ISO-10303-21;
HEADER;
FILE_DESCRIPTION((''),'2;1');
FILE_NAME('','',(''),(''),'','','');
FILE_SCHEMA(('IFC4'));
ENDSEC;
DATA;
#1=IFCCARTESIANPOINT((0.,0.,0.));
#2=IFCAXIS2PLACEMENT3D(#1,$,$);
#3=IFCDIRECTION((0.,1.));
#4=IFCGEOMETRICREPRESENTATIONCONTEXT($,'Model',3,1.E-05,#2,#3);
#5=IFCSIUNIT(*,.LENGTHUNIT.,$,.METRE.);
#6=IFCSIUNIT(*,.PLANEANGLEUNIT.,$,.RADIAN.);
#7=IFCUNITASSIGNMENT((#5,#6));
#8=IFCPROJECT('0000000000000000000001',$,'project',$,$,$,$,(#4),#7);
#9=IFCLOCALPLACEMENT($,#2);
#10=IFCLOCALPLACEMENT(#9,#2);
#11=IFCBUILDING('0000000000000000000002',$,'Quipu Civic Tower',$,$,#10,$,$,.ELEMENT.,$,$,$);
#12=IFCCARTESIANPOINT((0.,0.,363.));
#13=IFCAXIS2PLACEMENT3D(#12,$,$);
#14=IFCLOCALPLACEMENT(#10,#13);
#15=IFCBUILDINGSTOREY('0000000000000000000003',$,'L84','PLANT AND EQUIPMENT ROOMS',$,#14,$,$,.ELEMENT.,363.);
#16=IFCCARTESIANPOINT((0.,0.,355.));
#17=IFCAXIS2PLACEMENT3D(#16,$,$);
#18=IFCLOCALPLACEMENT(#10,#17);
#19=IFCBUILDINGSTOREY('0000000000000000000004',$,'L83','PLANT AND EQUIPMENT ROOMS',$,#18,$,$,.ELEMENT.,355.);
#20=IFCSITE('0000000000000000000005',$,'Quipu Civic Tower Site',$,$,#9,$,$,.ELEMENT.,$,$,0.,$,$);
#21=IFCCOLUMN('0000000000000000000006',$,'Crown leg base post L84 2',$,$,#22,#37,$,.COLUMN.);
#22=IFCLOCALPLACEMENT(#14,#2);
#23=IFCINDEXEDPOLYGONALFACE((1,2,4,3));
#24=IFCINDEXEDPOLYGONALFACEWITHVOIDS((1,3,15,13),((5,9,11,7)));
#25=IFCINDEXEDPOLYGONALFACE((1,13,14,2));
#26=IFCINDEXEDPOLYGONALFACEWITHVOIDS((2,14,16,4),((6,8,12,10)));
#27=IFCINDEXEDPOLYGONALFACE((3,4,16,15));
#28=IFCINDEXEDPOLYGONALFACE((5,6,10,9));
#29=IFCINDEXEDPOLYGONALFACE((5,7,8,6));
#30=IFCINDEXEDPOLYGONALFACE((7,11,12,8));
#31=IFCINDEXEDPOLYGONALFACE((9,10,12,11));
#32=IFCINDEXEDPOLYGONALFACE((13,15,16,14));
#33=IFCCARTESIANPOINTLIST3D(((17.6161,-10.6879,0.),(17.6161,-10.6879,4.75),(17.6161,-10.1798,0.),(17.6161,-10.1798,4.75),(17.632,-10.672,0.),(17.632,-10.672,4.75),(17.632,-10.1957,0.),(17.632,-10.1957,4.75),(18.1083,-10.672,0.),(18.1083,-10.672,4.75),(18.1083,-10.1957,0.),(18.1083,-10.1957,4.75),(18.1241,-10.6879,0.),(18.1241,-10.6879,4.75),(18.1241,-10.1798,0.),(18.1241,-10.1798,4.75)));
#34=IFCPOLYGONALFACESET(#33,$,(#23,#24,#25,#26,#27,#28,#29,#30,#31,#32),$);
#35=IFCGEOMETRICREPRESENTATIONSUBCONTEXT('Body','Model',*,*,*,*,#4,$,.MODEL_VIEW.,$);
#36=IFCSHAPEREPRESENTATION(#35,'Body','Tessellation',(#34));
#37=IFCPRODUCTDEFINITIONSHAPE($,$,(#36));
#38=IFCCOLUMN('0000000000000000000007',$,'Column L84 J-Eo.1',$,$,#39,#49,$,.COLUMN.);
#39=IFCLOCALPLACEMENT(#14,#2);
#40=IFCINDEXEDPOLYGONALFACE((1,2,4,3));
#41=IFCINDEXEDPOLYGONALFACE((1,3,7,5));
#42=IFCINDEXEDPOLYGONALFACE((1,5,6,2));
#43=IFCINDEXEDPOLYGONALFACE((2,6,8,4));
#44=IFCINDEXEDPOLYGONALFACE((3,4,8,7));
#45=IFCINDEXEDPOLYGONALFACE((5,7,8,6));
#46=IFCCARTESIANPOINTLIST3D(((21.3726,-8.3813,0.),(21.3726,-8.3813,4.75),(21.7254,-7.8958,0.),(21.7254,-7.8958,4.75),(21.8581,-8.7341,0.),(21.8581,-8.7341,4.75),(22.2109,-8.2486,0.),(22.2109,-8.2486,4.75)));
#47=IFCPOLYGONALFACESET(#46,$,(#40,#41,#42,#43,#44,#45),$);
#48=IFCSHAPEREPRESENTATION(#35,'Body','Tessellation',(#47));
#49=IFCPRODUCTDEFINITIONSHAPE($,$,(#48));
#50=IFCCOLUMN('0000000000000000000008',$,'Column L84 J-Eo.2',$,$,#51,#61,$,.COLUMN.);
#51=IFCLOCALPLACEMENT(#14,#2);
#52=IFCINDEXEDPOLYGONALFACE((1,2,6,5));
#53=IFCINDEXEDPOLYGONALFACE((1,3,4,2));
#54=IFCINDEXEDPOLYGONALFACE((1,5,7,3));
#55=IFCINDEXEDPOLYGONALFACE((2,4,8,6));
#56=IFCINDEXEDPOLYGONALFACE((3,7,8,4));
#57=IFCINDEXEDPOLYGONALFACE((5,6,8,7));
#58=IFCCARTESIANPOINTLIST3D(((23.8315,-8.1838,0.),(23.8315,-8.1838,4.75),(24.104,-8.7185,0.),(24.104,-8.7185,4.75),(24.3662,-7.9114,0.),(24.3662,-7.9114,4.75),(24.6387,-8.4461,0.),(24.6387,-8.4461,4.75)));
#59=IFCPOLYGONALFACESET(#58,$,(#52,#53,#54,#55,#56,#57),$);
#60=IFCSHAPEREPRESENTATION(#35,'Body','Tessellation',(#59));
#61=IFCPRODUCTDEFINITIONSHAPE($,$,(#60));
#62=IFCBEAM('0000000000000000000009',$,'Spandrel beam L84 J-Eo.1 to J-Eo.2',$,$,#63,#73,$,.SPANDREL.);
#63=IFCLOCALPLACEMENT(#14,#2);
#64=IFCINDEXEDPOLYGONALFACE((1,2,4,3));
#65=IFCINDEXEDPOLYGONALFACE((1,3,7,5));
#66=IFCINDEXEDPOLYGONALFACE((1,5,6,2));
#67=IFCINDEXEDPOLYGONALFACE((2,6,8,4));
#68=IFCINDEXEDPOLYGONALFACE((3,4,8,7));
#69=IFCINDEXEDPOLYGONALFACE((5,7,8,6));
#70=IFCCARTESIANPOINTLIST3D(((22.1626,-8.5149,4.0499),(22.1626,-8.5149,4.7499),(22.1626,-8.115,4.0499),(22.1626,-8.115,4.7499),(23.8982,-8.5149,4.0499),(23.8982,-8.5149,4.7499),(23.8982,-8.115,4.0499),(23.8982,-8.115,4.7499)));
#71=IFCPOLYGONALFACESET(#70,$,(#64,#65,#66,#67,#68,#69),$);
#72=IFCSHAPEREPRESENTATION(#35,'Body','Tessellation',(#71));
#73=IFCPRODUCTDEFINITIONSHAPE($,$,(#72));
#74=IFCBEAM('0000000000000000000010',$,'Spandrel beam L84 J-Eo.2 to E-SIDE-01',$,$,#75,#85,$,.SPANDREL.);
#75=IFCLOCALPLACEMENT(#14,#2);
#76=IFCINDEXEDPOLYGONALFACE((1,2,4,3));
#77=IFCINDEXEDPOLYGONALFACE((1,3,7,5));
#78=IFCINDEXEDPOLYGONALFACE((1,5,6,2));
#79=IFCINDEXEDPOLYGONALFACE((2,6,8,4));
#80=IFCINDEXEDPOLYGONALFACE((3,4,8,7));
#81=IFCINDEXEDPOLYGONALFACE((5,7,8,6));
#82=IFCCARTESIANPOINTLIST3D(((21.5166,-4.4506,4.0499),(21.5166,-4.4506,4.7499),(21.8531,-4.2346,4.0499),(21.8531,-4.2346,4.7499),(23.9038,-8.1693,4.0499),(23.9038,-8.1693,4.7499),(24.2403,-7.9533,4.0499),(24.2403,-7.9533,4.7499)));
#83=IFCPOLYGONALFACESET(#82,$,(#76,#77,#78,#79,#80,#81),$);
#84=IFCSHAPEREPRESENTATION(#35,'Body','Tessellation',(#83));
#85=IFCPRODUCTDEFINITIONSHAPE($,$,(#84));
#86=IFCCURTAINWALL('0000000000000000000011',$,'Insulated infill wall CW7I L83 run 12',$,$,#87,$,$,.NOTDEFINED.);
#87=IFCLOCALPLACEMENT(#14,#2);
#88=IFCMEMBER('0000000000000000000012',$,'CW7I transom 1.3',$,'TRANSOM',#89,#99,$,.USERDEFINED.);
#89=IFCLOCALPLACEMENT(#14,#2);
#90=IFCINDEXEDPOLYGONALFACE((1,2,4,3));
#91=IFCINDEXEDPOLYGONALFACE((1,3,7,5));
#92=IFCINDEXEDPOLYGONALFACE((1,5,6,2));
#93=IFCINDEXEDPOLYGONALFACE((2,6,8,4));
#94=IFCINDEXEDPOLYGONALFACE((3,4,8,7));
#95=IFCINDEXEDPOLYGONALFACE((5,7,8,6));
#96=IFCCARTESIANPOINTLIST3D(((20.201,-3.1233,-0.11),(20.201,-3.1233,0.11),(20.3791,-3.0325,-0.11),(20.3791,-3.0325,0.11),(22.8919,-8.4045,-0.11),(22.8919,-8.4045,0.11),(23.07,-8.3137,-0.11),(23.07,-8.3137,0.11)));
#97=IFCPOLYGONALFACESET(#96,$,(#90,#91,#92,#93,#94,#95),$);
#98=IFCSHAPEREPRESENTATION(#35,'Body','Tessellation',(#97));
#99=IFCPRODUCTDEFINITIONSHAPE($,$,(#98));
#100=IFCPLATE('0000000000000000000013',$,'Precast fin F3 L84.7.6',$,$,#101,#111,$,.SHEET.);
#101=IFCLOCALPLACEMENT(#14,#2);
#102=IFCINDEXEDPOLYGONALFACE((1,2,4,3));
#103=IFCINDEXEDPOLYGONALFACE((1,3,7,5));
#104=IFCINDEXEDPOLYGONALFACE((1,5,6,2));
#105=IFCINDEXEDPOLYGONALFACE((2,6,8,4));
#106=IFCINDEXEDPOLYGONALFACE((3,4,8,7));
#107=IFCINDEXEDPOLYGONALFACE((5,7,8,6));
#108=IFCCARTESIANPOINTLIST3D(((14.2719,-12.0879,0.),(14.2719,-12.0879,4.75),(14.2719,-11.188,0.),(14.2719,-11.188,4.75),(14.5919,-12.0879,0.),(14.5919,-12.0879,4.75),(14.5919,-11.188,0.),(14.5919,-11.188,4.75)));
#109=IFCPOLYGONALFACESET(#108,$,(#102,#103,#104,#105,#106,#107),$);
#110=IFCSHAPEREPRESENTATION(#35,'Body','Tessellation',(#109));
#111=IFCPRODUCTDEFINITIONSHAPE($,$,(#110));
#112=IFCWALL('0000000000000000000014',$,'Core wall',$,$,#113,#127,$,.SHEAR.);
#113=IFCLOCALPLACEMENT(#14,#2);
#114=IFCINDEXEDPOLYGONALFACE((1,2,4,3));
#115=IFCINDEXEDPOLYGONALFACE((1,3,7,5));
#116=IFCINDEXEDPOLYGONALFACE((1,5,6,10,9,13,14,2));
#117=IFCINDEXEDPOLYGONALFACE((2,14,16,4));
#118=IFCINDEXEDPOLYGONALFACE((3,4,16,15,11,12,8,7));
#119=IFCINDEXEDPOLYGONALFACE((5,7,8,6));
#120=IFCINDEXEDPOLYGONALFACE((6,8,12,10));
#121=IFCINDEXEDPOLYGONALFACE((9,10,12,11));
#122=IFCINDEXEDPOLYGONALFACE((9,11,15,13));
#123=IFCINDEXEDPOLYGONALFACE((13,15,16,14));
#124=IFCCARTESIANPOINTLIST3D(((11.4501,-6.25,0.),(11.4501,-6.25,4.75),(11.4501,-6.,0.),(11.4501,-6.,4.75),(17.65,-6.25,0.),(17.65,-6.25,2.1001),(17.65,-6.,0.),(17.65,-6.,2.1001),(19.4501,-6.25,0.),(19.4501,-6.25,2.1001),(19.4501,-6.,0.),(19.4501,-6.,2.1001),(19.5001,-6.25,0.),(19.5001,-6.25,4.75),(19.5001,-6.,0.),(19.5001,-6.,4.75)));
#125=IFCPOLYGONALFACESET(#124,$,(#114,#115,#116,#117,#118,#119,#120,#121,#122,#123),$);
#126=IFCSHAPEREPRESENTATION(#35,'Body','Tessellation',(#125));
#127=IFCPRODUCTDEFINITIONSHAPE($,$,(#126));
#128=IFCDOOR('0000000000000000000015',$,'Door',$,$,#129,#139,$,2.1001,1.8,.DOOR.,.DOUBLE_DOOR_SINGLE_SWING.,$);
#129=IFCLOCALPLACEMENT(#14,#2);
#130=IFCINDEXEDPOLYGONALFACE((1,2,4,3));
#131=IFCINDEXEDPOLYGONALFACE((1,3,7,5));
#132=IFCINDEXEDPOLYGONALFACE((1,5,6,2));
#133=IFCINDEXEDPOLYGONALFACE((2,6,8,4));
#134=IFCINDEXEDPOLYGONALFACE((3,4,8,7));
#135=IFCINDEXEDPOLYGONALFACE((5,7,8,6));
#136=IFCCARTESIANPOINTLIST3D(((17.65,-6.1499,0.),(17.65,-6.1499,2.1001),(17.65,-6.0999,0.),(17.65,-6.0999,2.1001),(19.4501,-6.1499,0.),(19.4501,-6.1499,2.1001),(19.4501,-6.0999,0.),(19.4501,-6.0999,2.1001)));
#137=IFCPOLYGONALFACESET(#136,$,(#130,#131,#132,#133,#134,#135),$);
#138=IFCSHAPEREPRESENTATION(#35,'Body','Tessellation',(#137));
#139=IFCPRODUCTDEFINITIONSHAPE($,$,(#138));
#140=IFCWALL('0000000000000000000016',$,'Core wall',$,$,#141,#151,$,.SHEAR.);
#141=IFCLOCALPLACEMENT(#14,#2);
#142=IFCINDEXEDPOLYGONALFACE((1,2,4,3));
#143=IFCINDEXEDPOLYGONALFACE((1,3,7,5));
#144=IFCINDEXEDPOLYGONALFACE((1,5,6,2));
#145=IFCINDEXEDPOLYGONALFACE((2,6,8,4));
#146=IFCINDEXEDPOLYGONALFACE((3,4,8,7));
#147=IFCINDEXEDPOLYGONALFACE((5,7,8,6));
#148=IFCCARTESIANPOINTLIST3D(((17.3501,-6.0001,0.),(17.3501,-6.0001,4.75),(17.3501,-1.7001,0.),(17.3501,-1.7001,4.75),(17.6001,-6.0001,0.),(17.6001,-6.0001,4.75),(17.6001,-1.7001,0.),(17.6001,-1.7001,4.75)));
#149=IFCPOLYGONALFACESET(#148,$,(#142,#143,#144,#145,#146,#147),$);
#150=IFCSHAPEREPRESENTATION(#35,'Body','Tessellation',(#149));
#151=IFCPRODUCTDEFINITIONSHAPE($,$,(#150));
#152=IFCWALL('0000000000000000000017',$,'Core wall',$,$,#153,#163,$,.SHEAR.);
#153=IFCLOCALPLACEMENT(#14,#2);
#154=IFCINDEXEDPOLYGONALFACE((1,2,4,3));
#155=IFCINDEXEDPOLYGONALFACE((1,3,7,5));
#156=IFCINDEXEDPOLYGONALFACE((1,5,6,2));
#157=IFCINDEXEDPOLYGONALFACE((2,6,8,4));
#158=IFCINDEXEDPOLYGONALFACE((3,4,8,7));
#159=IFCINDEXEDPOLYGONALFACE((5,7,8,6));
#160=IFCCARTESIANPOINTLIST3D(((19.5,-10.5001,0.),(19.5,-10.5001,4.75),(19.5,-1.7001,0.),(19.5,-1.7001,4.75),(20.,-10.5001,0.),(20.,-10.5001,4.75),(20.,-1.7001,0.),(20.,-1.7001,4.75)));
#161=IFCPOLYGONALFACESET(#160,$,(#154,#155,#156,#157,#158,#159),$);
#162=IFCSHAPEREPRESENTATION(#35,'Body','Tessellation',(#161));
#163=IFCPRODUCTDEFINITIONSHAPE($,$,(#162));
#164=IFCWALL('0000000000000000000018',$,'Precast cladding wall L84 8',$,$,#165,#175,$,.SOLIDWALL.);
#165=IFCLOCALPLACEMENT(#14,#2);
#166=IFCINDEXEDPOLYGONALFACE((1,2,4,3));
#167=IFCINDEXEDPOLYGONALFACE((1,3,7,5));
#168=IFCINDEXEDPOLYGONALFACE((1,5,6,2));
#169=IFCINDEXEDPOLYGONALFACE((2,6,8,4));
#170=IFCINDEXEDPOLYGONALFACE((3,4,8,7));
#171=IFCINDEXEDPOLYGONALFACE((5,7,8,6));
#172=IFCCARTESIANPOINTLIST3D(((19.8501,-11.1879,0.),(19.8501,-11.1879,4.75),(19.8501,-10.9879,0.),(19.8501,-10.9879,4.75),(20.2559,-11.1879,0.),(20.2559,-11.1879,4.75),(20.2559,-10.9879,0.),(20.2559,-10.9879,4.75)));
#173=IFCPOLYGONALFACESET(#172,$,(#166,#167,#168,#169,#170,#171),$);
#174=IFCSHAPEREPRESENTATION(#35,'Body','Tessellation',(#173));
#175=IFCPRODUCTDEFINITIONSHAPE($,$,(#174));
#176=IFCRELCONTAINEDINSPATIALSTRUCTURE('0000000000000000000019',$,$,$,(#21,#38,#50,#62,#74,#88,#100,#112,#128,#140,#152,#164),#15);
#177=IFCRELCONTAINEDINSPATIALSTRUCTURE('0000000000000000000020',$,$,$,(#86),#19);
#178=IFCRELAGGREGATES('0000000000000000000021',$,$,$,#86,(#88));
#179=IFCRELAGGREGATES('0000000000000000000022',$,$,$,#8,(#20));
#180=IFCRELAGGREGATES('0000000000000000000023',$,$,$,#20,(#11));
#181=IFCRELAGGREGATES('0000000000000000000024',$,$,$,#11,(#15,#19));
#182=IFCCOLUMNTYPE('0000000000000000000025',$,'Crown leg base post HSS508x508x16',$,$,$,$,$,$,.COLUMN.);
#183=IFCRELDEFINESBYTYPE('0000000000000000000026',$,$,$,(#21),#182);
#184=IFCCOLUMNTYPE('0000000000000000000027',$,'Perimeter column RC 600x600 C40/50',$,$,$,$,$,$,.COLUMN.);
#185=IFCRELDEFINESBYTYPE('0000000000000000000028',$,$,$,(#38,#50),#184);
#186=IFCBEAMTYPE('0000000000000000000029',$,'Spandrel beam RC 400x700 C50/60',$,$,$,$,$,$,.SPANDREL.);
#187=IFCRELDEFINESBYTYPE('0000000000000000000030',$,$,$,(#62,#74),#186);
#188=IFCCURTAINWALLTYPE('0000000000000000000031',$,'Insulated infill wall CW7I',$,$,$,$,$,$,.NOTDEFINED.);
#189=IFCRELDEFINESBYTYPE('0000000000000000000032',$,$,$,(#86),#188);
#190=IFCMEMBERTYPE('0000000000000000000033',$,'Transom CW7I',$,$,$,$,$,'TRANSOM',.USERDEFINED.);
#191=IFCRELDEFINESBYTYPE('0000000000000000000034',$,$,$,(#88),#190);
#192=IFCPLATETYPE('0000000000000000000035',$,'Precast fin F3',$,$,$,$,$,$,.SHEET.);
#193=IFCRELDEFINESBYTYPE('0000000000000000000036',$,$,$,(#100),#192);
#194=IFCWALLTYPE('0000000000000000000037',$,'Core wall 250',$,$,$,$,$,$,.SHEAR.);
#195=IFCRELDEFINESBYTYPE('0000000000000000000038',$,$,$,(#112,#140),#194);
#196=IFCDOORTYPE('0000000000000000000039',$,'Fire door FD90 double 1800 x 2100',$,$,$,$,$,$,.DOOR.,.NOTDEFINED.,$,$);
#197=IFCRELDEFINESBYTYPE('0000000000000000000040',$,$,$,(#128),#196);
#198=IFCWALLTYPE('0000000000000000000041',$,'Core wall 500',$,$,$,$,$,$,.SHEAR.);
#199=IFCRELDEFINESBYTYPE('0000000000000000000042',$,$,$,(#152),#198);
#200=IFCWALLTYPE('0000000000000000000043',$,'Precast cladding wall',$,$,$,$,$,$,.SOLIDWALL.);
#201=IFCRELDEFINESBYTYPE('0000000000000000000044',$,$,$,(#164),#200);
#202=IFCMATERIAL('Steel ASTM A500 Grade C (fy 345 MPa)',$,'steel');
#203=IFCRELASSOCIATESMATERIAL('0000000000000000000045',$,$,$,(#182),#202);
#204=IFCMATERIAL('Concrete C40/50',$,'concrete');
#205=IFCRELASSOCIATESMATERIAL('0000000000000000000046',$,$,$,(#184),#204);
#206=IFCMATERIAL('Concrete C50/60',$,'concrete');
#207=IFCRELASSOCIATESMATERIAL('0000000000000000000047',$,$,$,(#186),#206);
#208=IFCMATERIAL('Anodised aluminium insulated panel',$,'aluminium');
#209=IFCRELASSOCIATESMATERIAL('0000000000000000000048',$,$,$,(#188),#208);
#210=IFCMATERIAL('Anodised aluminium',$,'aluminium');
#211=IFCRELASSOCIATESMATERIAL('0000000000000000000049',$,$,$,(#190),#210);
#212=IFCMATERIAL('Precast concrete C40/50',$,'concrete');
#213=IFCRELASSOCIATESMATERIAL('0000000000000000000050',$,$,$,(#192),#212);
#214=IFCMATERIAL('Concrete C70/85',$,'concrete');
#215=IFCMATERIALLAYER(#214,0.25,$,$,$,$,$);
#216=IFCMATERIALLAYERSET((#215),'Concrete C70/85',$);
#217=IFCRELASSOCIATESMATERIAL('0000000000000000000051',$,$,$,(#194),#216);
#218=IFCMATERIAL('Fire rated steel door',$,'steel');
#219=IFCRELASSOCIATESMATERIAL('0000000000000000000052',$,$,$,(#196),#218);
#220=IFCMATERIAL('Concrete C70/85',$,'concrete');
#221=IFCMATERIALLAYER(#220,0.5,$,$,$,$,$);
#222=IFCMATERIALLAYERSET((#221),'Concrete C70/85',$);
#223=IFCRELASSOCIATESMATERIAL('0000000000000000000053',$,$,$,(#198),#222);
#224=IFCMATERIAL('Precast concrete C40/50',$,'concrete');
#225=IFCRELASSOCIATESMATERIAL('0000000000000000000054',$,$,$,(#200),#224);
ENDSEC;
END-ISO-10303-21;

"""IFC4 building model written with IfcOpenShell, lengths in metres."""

from ifc_helpers import new_model, si_unit, direction, frame, frame_2d, origin, origin_2d, place, context, subcontext, project, spatial, rectangle, hollow_rectangle, extrude, material, layer, layer_set, material_profile, profile_set, type_object, element, fill, aggregate, save


model = new_model("IFC4")

# Units and contexts
model_context = context("Model", 3, precision=1e-05, world=origin(), true_north=direction((0.0, 1.0)))
body_context = subcontext(model_context, "Body", "Model", "MODEL_VIEW")
ifc_project = project(units=[si_unit("LENGTHUNIT", "METRE"), si_unit("PLANEANGLEUNIT", "RADIAN")], contexts=[model_context])

# Site, building, storey
site_placement = place(None, origin())
site = spatial("IfcSite", under=ifc_project, at=site_placement, Name="Quipu Civic Tower Site", CompositionType="ELEMENT", RefElevation=0.0)
building_placement = place(site_placement, origin())
building = spatial("IfcBuilding", under=site, at=building_placement, Name="Quipu Civic Tower", CompositionType="ELEMENT")
storey_1_placement = place(building_placement, frame((0.0, 0.0, 363.0)))
storey_1 = spatial("IfcBuildingStorey", under=building, at=storey_1_placement, Name="L84", Description="PLANT AND EQUIPMENT ROOMS", CompositionType="ELEMENT", Elevation=363.0)

# Columns
ifc_material_1 = material(Name="Steel ASTM A500 Grade C (fy 345 MPa)", Category="steel")
ifc_material_profile_1 = material_profile(ifc_material_1, hollow_rectangle(XDim=0.5081, YDim=0.5081, WallThickness=0.0159, at=origin_2d()), Name="HSS508x508x16")
ifc_profile_set_1 = profile_set([ifc_material_profile_1], Name="Steel ASTM A500 Grade C (fy 345 MPa)")
column_type_1 = type_object("IfcColumnType", Name="Crown leg base post HSS508x508x16", PredefinedType="COLUMN", material=ifc_profile_set_1)
column_placement = place(storey_1_placement, frame((17.8701, -10.4338, 0.0), z_axis=(0.0, 0.0, 1.0), x_axis=(1.0, 0.0, 0.0)))
element("IfcColumn", 1, at=column_placement, inside=storey_1, type_object=column_type_1, Name="Crown leg base post L84 2", PredefinedType="COLUMN", context=body_context, shape_type="SweptSolid", body=[
    extrude(hollow_rectangle(XDim=0.5081, YDim=0.5081, WallThickness=0.0159, at=origin_2d()), origin(), (0.0, 0.0, 1.0), 4.75),
])
ifc_material_2 = material(Name="Concrete C40/50", Category="concrete")
ifc_material_profile_2 = material_profile(ifc_material_2, rectangle(XDim=0.6001, YDim=0.6001, at=origin_2d()), Name="RC600x600")
ifc_profile_set_2 = profile_set([ifc_material_profile_2], Name="Concrete C40/50")
column_type_2 = type_object("IfcColumnType", Name="Perimeter column RC 600x600 C40/50", PredefinedType="COLUMN", material=ifc_profile_set_2)
for number, where, z_axis, x_axis, name in (
    (2, (21.7917, -8.3149, 0.0), (0.0, 0.0, 1.0), (0.587785, 0.809017, 0.0), "Column L84 J-Eo.1"),
    (3, (24.2351, -8.3149, 0.0), (0.0, 0.0, 1.0), (-0.45399, 0.891007, 0.0), "Column L84 J-Eo.2"),
):
    element("IfcColumn", number, at=place(storey_1_placement, frame(where, z_axis=z_axis, x_axis=x_axis)), inside=storey_1, type_object=column_type_2, Name=name, PredefinedType="COLUMN", context=body_context, shape_type="SweptSolid", body=[
        extrude(rectangle(XDim=0.6001, YDim=0.6001, at=origin_2d()), origin(), (0.0, 0.0, 1.0), 4.75),
    ])

# Beams
ifc_material_3 = material(Name="Concrete C50/60", Category="concrete")
ifc_material_profile_3 = material_profile(ifc_material_3, rectangle(XDim=0.3999, YDim=0.7, at=origin_2d()), Name="RC400x700")
ifc_profile_set_3 = profile_set([ifc_material_profile_3], Name="Concrete C50/60")
beam_type = type_object("IfcBeamType", Name="Spandrel beam RC 400x700 C50/60", PredefinedType="SPANDREL", material=ifc_profile_set_3)
beam_1_placement = place(storey_1_placement, frame((22.1626, -8.3149, 4.3999), z_axis=(1.0, 0.0, 0.0), x_axis=(0.0, 1.0, 0.0)))
element("IfcBeam", 4, at=beam_1_placement, inside=storey_1, type_object=beam_type, Name="Spandrel beam L84 J-Eo.1 to J-Eo.2", PredefinedType="SPANDREL", context=body_context, shape_type="SweptSolid", body=[
    extrude(rectangle(XDim=0.3999, YDim=0.7, at=origin_2d()), origin(), (0.0, 0.0, 1.0), 1.7356),
])
beam_2_placement = place(storey_1_placement, frame((24.072, -8.0613, 4.3999), z_axis=(-0.54021, 0.84153, 0.0), x_axis=(-0.84153, -0.54021, 0.0)))
element("IfcBeam", 5, at=beam_2_placement, inside=storey_1, type_object=beam_type, Name="Spandrel beam L84 J-Eo.2 to E-SIDE-01", PredefinedType="SPANDREL", context=body_context, shape_type="SweptSolid", body=[
    extrude(rectangle(XDim=0.3999, YDim=0.7, at=origin_2d()), origin(), (0.0, 0.0, 1.0), 4.4189),
])

# Shared definitions
storey_2_placement = place(building_placement, frame((0.0, 0.0, 355.0)))
storey_2 = spatial("IfcBuildingStorey", under=building, at=storey_2_placement, Name="L83", Description="PLANT AND EQUIPMENT ROOMS", CompositionType="ELEMENT", Elevation=355.0)

# Curtain wall, member
ifc_material_4 = material(Name="Anodised aluminium insulated panel", Category="aluminium")
curtain_wall_type = type_object("IfcCurtainWallType", Name="Insulated infill wall CW7I", PredefinedType="NOTDEFINED", material=ifc_material_4)
curtain_wall_placement = place(storey_2_placement, origin())
curtain_wall = element("IfcCurtainWall", 6, at=curtain_wall_placement, inside=storey_2, type_object=curtain_wall_type, Name="Insulated infill wall CW7I L83 run 12", PredefinedType="NOTDEFINED")
ifc_material_5 = material(Name="Anodised aluminium", Category="aluminium")
ifc_material_profile_4 = material_profile(ifc_material_5, rectangle(XDim=0.2, YDim=0.22, at=origin_2d()), Name="RECT 200x220")
ifc_profile_set_4 = profile_set([ifc_material_profile_4], Name="Anodised aluminium")
member_type = type_object("IfcMemberType", Name="Transom CW7I", ElementType="TRANSOM", PredefinedType="USERDEFINED", material=ifc_profile_set_4)
member_placement = place(storey_1_placement, frame((22.981, -8.3591, 0.0), z_axis=(-0.453989, 0.891007, 0.0), x_axis=(-0.891007, -0.453989, 0.0)))
member = element("IfcMember", 7, at=member_placement, inside=storey_1, type_object=member_type, Name="CW7I transom 1.3", ObjectType="TRANSOM", PredefinedType="USERDEFINED", context=body_context, shape_type="SweptSolid", body=[
    extrude(rectangle(XDim=0.2, YDim=0.22, at=origin_2d()), origin(), (0.0, 0.0, 1.0), 5.9272),
])
aggregate(curtain_wall, [member])

# Plate
ifc_material_6 = material(Name="Precast concrete C40/50", Category="concrete")
plate_type = type_object("IfcPlateType", Name="Precast fin F3", PredefinedType="SHEET", material=ifc_material_6)
plate_placement = place(storey_1_placement, frame((14.4319, -11.6379, 0.0), z_axis=(0.0, 0.0, 1.0), x_axis=(1.0, 0.0, 0.0)))
element("IfcPlate", 8, at=plate_placement, inside=storey_1, type_object=plate_type, Name="Precast fin F3 L84.7.6", PredefinedType="SHEET", context=body_context, shape_type="SweptSolid", body=[
    extrude(rectangle(XDim=0.3201, YDim=0.8999, at=origin_2d()), origin(), (0.0, 0.0, 1.0), 4.75),
])

# Wall, opening, door
ifc_material_7 = material(Name="Concrete C70/85", Category="concrete")
ifc_layer_1 = layer(ifc_material_7, 0.25)
ifc_layer_set_1 = layer_set([ifc_layer_1], Name="Concrete C70/85")
wall_type_1 = type_object("IfcWallType", Name="Core wall 250", PredefinedType="SHEAR", material=ifc_layer_set_1)
wall_1_placement = place(storey_1_placement, frame((19.5, -6.125, 0.0), z_axis=(0.0, 0.0, 1.0), x_axis=(-1.0, 0.0, 0.0)))
wall_1 = element("IfcWall", 9, at=wall_1_placement, inside=storey_1, type_object=wall_type_1, Name="Core wall", PredefinedType="SHEAR", context=body_context, shape_type="SweptSolid", body=[
    extrude(rectangle(XDim=8.05, YDim=0.25, at=frame_2d((4.0249, 0.0))), origin(), (0.0, 0.0, 1.0), 4.75),
])
opening_1_placement = place(wall_1_placement, frame((0.05, 0.0, 0.0)))
opening_1 = element("IfcOpeningElement", 10, at=opening_1_placement, cuts=wall_1, PredefinedType="OPENING", context=body_context, shape_type="SweptSolid", body=[
    extrude(rectangle(XDim=1.8, YDim=2.1001, at=frame_2d((0.8999, 1.05))), frame((0.0, 0.135, 0.0), z_axis=(0.0, -1.0, 0.0), x_axis=(1.0, 0.0, 0.0)), (0.0, 0.0, 1.0), 0.27),
])
ifc_material_8 = material(Name="Fire rated steel door", Category="steel")
door_type = type_object("IfcDoorType", Name="Fire door FD90 double 1800 x 2100", OperationType="NOTDEFINED", PredefinedType="DOOR", material=ifc_material_8)
door_placement = place(opening_1_placement, origin())
door = element("IfcDoor", 11, at=door_placement, inside=storey_1, type_object=door_type, Name="Door", OperationType="DOUBLE_DOOR_SINGLE_SWING", OverallHeight=2.1001, OverallWidth=1.8, PredefinedType="DOOR", context=body_context, shape_type="SweptSolid", body=[
    extrude(rectangle(XDim=1.8, YDim=2.1001, at=frame_2d((0.8999, 1.05))), frame((0.0, 0.0249, 0.0), z_axis=(0.0, -1.0, 0.0), x_axis=(1.0, 0.0, 0.0)), (0.0, 0.0, 1.0), 0.05),
])
fill(opening_1, door)

# Walls
wall_2_placement = place(storey_1_placement, frame((17.4751, -6.0, 0.0), z_axis=(0.0, 0.0, 1.0), x_axis=(0.0, 1.0, 0.0)))
element("IfcWall", 12, at=wall_2_placement, inside=storey_1, type_object=wall_type_1, Name="Core wall", PredefinedType="SHEAR", context=body_context, shape_type="SweptSolid", body=[
    extrude(rectangle(XDim=4.3, YDim=0.25, at=frame_2d((2.1499, 0.0))), origin(), (0.0, 0.0, 1.0), 4.75),
])
ifc_material_9 = material(Name="Concrete C70/85", Category="concrete")
ifc_layer_2 = layer(ifc_material_9, 0.5)
ifc_layer_set_2 = layer_set([ifc_layer_2], Name="Concrete C70/85")
wall_type_2 = type_object("IfcWallType", Name="Core wall 500", PredefinedType="SHEAR", material=ifc_layer_set_2)
wall_3_placement = place(storey_1_placement, frame((19.75, -10.5, 0.0), z_axis=(0.0, 0.0, 1.0), x_axis=(0.0, 1.0, 0.0)))
element("IfcWall", 13, at=wall_3_placement, inside=storey_1, type_object=wall_type_2, Name="Core wall", PredefinedType="SHEAR", context=body_context, shape_type="SweptSolid", body=[
    extrude(rectangle(XDim=8.8, YDim=0.5, at=frame_2d((4.3999, 0.0))), origin(), (0.0, 0.0, 1.0), 4.75),
])
ifc_material_10 = material(Name="Precast concrete C40/50", Category="concrete")
wall_type_3 = type_object("IfcWallType", Name="Precast cladding wall", PredefinedType="SOLIDWALL", material=ifc_material_10)
wall_4_placement = place(storey_1_placement, frame((19.8501, -11.0879, 0.0), z_axis=(0.0, 0.0, 1.0), x_axis=(1.0, 0.0, 0.0)))
element("IfcWall", 14, at=wall_4_placement, inside=storey_1, type_object=wall_type_3, Name="Precast cladding wall L84 8", PredefinedType="SOLIDWALL", context=body_context, shape_type="SweptSolid", body=[
    extrude(rectangle(XDim=0.4058, YDim=0.2, at=frame_2d((0.2029, 0.0))), origin(), (0.0, 0.0, 1.0), 4.75),
])

save(model, "model.ifc")
